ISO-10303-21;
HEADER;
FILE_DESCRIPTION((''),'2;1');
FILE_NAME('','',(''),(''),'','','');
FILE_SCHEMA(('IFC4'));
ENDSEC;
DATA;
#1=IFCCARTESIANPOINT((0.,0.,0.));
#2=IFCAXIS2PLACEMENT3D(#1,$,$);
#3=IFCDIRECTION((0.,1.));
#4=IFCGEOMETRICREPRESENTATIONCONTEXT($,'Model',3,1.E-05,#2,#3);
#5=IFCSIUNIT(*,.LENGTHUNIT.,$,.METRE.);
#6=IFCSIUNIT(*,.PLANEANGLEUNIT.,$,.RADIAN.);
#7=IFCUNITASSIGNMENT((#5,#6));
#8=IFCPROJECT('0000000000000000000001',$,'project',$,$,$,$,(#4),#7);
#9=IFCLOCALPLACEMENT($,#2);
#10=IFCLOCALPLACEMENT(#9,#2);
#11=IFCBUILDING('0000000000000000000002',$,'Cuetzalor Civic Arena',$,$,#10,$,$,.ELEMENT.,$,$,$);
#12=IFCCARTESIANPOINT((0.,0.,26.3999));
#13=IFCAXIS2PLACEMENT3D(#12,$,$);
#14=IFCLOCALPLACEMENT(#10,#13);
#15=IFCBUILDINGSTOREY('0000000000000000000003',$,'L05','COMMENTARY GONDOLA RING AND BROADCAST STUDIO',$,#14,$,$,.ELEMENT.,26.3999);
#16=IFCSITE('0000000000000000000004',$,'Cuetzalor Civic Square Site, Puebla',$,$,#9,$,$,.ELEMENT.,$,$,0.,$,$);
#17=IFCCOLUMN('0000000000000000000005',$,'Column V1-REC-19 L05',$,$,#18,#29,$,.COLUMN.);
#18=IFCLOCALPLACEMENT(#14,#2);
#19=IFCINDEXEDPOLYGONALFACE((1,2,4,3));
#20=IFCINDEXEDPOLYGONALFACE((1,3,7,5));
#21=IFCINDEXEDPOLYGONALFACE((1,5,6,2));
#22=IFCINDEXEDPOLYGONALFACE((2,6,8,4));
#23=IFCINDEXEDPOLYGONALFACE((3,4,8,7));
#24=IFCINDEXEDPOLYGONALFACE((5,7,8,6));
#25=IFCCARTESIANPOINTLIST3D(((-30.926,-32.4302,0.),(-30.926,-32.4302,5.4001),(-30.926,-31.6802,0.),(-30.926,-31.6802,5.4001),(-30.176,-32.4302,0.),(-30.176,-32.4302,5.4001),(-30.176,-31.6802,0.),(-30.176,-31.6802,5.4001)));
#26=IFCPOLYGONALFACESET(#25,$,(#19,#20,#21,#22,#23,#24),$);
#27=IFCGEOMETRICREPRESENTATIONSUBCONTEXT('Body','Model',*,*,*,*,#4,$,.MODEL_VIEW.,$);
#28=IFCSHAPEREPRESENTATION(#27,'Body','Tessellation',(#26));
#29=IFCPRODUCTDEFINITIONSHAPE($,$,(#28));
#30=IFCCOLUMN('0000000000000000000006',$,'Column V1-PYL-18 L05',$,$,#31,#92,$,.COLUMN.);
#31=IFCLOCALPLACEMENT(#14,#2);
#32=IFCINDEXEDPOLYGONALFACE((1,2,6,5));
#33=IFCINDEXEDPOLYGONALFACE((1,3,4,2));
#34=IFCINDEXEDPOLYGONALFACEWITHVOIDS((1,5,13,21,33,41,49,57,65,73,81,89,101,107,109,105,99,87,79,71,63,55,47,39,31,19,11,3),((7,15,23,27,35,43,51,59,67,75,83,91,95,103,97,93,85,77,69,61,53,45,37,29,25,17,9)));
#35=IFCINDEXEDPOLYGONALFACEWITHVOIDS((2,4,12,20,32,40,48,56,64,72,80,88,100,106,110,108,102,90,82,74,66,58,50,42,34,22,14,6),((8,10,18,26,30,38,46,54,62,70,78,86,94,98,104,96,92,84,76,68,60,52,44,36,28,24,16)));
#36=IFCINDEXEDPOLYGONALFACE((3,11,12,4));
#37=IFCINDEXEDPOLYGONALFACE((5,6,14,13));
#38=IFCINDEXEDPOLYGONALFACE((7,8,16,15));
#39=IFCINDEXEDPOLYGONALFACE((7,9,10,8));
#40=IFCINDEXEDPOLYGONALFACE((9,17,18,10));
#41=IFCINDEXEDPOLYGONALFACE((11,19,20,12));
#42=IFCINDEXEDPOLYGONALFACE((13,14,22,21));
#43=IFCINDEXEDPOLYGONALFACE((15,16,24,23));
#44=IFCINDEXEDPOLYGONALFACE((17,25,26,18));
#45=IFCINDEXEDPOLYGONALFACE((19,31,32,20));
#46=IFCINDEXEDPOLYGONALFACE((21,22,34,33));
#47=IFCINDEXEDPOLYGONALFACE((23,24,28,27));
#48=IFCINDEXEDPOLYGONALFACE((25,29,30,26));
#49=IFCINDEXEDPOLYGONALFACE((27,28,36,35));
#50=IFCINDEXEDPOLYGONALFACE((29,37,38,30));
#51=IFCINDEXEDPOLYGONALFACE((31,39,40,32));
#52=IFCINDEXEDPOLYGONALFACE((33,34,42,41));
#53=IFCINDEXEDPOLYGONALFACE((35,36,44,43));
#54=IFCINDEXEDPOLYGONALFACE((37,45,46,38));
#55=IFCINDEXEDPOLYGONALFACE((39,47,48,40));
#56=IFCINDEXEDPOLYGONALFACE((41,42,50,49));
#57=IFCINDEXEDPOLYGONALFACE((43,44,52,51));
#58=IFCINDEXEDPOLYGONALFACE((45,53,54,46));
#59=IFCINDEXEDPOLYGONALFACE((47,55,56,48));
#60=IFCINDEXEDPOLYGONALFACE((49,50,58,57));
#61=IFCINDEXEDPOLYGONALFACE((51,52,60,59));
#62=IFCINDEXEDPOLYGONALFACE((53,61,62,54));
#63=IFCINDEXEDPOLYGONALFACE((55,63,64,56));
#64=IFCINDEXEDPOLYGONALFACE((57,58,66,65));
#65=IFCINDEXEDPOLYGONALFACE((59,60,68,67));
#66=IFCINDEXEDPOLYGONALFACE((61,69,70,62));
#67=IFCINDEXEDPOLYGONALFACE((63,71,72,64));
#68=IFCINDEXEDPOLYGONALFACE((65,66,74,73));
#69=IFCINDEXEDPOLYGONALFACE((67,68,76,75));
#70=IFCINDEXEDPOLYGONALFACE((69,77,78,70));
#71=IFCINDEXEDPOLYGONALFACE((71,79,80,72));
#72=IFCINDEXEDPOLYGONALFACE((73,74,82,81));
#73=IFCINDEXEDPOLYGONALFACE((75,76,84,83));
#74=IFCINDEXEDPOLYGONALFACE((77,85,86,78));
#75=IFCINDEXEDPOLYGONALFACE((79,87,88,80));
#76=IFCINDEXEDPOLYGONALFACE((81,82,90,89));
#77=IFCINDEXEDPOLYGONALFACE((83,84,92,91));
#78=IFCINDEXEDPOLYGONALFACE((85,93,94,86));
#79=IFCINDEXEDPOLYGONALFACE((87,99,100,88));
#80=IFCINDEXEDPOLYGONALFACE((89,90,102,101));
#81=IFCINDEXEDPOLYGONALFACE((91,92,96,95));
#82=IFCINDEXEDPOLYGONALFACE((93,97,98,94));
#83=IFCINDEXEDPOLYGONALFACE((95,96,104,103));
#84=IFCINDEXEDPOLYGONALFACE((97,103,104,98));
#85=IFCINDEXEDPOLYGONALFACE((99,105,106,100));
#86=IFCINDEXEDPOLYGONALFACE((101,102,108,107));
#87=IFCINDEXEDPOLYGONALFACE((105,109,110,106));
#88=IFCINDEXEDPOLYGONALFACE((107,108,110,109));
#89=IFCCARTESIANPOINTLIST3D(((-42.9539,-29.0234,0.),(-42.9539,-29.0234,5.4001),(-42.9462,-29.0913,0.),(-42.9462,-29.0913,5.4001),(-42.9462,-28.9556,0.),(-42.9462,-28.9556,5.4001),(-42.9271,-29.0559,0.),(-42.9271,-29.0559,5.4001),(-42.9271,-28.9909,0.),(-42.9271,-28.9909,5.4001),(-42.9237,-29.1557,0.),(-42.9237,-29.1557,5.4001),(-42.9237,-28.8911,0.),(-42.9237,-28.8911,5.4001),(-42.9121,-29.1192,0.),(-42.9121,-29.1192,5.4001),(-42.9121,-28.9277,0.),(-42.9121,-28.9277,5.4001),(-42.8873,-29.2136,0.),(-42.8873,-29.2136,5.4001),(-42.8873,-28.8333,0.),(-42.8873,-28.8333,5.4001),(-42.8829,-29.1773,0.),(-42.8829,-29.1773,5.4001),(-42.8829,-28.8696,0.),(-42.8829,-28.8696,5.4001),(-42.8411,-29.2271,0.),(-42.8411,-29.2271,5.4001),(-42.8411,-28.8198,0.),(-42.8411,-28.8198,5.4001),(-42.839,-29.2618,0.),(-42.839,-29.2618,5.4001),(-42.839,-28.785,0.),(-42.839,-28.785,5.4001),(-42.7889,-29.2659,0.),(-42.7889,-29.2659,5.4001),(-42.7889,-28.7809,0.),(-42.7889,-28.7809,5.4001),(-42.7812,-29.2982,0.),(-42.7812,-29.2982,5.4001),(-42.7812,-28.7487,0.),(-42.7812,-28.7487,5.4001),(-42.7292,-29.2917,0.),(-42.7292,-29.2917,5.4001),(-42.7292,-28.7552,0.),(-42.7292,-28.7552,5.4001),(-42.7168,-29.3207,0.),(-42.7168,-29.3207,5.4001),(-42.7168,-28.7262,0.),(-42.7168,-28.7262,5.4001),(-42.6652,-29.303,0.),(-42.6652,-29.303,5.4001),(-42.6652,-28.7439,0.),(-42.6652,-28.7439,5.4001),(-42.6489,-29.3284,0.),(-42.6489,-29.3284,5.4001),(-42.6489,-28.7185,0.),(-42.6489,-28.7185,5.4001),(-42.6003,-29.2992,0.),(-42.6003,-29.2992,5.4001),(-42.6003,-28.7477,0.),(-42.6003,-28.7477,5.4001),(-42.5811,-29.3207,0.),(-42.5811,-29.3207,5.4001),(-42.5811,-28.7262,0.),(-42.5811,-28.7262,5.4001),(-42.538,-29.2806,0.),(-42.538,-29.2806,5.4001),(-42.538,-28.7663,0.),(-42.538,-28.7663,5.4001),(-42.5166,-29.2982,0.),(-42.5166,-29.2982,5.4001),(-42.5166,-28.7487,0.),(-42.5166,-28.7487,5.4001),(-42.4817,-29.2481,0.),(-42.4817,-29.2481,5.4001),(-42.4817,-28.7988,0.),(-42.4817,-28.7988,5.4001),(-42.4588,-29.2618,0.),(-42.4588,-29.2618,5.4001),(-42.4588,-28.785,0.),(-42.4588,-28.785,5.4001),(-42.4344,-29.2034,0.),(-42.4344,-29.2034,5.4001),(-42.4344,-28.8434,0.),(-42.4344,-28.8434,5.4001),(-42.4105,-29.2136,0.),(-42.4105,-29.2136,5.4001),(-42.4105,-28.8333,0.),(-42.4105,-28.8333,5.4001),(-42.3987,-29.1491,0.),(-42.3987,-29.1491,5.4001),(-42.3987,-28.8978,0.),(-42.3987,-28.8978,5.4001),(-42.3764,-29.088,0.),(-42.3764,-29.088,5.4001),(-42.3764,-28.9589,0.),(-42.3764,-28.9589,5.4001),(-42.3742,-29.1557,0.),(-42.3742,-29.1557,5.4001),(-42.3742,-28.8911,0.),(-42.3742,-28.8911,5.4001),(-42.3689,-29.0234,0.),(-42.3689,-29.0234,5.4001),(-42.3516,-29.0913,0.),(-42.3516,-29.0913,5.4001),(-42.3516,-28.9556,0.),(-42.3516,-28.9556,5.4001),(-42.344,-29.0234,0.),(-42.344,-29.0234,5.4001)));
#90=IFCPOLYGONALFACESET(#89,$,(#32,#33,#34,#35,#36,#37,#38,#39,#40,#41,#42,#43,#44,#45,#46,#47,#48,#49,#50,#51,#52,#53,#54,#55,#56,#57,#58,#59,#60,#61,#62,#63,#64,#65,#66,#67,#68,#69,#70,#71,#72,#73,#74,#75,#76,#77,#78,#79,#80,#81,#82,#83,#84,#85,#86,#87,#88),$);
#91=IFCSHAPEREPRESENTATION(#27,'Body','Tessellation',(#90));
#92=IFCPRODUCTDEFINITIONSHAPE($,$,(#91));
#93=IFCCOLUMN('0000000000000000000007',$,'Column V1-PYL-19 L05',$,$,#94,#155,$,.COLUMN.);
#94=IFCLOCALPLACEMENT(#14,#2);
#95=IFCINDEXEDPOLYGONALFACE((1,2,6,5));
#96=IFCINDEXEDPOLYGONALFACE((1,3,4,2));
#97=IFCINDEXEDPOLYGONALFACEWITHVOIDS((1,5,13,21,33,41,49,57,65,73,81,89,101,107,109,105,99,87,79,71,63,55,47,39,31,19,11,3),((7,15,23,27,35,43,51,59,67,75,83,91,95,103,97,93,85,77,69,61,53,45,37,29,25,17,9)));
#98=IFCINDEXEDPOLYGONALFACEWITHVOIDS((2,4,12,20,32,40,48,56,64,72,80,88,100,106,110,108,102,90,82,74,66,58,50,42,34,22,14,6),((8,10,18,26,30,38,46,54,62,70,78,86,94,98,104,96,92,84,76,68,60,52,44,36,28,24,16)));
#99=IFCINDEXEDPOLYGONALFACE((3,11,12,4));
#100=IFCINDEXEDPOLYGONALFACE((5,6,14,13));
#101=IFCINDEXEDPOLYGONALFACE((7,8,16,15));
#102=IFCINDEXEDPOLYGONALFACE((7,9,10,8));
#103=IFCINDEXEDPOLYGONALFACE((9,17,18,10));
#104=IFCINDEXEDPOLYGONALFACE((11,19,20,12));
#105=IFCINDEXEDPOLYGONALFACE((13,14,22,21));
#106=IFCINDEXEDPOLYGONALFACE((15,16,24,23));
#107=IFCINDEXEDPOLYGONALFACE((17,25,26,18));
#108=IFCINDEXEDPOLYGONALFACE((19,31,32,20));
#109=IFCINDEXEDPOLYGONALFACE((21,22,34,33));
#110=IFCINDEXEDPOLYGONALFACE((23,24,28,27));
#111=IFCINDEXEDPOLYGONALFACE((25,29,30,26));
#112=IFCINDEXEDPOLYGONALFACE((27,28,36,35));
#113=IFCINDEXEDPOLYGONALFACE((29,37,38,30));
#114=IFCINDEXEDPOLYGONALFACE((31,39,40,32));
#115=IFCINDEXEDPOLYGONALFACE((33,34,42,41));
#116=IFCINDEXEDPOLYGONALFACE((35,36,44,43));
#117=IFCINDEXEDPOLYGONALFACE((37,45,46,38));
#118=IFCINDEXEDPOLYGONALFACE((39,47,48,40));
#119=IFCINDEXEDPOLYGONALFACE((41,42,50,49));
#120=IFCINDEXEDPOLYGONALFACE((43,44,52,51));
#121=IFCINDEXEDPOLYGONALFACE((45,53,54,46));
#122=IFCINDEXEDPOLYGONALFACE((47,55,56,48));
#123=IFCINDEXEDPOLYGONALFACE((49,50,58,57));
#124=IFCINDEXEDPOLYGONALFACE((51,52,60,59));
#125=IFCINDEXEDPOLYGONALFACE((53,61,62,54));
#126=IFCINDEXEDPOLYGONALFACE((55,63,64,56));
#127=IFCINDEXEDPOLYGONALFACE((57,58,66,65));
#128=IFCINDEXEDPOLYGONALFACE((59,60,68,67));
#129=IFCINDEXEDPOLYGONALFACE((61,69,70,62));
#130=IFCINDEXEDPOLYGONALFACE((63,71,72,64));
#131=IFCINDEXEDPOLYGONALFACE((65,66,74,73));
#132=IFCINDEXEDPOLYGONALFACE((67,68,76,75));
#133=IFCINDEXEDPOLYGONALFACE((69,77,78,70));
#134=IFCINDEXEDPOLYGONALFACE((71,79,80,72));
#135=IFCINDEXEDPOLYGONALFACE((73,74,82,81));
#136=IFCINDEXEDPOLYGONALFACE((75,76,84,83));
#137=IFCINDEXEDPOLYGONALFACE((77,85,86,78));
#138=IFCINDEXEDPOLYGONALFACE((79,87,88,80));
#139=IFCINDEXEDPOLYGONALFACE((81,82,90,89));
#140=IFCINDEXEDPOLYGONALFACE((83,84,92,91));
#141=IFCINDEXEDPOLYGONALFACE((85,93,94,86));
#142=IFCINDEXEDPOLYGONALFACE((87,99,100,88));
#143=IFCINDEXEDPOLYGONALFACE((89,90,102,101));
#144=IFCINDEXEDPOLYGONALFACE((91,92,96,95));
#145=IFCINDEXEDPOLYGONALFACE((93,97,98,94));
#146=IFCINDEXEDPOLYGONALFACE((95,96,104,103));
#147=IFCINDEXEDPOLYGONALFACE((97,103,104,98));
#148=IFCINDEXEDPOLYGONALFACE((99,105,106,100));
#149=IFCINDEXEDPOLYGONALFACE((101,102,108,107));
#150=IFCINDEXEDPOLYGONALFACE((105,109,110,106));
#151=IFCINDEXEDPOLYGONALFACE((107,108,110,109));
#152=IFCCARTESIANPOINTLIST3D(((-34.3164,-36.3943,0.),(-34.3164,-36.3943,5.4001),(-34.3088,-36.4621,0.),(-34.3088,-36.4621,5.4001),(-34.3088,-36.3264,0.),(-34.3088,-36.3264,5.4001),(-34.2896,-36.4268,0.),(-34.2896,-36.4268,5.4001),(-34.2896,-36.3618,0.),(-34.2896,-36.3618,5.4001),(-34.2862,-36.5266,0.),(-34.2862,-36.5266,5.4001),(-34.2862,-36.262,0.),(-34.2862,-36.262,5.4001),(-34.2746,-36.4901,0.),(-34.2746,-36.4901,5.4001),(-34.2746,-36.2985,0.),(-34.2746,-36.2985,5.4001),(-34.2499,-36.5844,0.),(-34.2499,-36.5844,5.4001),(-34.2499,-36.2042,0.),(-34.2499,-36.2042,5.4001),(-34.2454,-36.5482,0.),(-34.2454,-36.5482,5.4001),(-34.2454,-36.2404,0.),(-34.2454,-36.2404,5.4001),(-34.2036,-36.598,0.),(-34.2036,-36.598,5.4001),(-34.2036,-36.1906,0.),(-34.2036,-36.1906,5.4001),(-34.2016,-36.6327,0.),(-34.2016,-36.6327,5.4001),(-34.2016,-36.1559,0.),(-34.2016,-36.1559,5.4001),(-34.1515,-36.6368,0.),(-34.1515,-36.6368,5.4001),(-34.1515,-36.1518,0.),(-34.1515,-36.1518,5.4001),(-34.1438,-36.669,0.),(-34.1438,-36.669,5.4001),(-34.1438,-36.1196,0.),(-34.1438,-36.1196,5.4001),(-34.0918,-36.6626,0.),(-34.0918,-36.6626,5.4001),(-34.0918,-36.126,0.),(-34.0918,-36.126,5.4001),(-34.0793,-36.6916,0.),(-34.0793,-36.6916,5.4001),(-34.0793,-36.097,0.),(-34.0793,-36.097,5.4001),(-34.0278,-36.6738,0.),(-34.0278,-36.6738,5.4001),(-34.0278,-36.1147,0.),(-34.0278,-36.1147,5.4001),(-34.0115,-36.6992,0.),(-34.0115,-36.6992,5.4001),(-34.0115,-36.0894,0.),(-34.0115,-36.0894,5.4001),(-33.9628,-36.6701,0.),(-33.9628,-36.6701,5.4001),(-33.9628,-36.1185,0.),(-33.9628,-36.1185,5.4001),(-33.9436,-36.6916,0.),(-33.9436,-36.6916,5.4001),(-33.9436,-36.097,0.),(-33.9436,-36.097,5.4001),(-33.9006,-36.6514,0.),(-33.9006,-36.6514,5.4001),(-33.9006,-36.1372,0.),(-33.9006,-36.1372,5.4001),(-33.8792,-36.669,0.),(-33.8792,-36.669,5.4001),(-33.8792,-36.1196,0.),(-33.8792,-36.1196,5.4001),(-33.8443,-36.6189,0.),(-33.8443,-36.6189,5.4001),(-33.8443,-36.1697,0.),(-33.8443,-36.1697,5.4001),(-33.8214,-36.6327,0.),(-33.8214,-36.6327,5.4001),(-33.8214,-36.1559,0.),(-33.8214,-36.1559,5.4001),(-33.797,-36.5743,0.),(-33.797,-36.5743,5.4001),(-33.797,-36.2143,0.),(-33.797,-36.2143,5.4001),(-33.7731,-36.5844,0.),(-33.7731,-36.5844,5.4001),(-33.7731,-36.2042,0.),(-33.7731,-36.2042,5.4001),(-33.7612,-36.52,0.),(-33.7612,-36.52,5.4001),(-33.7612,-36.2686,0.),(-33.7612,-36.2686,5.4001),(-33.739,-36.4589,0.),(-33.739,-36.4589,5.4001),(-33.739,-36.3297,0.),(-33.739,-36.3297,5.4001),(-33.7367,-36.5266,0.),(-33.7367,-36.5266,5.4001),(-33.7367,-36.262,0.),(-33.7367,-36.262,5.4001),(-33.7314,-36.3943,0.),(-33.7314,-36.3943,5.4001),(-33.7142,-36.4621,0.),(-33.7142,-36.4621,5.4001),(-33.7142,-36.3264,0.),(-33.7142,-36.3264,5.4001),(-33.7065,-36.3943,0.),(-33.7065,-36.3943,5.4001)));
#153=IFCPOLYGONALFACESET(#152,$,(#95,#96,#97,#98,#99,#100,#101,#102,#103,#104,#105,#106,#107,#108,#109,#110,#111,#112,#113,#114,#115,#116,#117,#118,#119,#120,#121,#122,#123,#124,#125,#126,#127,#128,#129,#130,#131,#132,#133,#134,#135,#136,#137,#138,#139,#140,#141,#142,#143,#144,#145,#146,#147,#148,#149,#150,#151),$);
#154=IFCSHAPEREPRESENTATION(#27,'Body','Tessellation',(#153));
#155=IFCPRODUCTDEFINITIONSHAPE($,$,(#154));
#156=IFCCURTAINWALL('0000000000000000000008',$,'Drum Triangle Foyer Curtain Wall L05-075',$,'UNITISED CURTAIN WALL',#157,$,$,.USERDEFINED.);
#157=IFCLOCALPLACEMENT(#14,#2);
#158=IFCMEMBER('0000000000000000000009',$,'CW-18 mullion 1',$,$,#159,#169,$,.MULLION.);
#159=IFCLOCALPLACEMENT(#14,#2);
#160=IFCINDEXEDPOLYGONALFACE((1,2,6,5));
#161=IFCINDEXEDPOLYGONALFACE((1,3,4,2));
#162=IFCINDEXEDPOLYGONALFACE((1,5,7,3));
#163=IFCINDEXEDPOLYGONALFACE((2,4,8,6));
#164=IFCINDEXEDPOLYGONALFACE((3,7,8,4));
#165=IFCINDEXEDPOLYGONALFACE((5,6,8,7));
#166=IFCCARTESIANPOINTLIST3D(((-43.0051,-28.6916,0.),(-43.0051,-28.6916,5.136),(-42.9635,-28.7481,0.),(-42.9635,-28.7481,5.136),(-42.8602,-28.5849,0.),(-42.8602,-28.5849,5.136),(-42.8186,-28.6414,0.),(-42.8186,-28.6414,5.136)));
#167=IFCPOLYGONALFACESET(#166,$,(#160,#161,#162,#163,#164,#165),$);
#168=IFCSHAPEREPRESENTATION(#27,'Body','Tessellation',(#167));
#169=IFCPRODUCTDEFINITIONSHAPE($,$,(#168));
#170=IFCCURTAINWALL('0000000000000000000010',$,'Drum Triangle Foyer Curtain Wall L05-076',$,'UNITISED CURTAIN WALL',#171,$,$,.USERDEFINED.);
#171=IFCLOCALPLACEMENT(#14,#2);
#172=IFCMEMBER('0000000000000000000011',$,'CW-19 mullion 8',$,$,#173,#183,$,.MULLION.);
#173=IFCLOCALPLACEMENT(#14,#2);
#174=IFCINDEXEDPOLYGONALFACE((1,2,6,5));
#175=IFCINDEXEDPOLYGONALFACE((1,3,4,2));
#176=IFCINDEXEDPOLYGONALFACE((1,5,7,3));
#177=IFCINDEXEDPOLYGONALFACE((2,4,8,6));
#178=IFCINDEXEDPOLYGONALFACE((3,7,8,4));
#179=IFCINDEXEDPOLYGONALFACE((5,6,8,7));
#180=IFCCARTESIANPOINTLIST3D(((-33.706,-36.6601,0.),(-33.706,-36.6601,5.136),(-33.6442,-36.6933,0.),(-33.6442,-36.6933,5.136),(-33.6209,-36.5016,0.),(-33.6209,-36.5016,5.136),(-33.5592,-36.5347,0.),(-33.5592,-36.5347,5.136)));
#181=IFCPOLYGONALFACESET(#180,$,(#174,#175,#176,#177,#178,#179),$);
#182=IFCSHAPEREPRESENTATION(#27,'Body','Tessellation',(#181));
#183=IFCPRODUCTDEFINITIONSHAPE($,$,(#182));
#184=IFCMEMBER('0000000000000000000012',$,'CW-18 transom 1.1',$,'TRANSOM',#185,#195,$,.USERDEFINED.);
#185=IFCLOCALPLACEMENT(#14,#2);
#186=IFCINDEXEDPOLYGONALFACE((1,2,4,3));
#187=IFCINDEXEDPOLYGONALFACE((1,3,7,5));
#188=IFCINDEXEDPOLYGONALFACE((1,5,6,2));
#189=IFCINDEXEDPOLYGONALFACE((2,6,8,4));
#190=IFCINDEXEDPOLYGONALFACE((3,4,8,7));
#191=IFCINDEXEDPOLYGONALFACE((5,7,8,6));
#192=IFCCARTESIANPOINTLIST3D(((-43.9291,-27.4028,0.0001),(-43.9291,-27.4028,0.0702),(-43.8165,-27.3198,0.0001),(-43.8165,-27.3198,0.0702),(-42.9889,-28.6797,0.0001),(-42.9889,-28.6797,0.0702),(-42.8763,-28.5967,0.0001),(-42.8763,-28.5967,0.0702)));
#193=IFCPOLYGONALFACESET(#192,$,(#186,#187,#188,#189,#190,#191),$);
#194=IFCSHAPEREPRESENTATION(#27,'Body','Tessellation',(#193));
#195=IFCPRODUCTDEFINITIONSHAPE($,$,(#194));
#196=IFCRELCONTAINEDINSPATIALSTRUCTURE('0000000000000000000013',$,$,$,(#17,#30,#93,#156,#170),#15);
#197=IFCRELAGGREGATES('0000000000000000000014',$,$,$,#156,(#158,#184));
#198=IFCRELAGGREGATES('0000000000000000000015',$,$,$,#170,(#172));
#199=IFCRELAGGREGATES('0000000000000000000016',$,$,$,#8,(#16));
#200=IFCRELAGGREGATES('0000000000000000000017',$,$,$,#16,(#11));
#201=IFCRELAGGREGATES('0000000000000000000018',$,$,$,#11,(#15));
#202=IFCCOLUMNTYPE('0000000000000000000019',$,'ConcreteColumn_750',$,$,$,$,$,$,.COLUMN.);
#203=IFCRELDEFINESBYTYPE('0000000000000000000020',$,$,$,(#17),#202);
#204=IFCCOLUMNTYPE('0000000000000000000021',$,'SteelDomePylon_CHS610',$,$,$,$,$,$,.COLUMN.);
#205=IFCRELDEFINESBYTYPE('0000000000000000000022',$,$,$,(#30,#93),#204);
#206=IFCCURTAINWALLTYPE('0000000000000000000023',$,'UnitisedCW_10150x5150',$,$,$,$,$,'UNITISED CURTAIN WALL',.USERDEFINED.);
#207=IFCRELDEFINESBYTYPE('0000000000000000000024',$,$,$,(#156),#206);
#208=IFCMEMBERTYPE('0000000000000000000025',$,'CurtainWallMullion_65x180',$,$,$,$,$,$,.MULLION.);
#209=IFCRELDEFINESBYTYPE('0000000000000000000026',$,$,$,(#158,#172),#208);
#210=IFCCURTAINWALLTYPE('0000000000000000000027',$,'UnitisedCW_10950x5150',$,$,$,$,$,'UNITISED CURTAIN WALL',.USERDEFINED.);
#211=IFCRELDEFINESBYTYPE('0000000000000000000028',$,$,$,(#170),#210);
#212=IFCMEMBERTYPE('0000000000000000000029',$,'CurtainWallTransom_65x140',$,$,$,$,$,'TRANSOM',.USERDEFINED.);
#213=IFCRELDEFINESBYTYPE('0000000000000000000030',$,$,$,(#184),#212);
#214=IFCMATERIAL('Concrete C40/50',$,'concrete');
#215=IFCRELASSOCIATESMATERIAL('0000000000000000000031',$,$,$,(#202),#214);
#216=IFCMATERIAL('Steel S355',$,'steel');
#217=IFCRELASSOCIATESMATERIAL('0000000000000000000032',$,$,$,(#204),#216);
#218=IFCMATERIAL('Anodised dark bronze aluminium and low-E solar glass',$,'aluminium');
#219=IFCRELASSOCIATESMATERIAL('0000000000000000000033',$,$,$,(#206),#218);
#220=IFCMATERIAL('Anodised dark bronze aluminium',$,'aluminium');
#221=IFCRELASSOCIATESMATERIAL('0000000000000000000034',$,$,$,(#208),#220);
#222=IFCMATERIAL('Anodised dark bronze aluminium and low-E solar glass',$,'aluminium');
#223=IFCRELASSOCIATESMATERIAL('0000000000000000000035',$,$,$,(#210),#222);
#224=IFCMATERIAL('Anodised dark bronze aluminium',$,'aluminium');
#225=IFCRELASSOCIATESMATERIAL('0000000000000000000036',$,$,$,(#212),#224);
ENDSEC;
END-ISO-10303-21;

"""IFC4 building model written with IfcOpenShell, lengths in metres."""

from ifc_helpers import new_model, si_unit, direction, frame, origin, origin_2d, place, context, subcontext, project, spatial, rectangle, hollow_circle, extrude, material, material_profile, profile_set, type_object, element, aggregate, save


model = new_model("IFC4")

# Units and contexts
model_context = context("Model", 3, precision=1e-05, world=origin(), true_north=direction((0.0, 1.0)))
body_context = subcontext(model_context, "Body", "Model", "MODEL_VIEW")
ifc_project = project(units=[si_unit("LENGTHUNIT", "METRE"), si_unit("PLANEANGLEUNIT", "RADIAN")], contexts=[model_context])

# Site, building, storey
site_placement = place(None, origin())
site = spatial("IfcSite", under=ifc_project, at=site_placement, Name="Cuetzalor Civic Square Site, Puebla", CompositionType="ELEMENT", RefElevation=0.0)
building_placement = place(site_placement, origin())
building = spatial("IfcBuilding", under=site, at=building_placement, Name="Cuetzalor Civic Arena", CompositionType="ELEMENT")
storey_placement = place(building_placement, frame((0.0, 0.0, 26.3999)))
storey = spatial("IfcBuildingStorey", under=building, at=storey_placement, Name="L05", Description="COMMENTARY GONDOLA RING AND BROADCAST STUDIO", CompositionType="ELEMENT", Elevation=26.3999)

# Columns
ifc_material_1 = material(Name="Concrete C40/50", Category="concrete")
ifc_material_profile_1 = material_profile(ifc_material_1, rectangle(XDim=0.75, YDim=0.75, at=origin_2d()), Name="RC 750x750")
ifc_profile_set_1 = profile_set([ifc_material_profile_1], Name="Concrete C40/50")
column_type_1 = type_object("IfcColumnType", Name="ConcreteColumn_750", PredefinedType="COLUMN", material=ifc_profile_set_1)
column_placement = place(storey_placement, frame((-30.551, -32.0552, 0.0), z_axis=(0.0, 0.0, 1.0), x_axis=(1.0, 0.0, 0.0)))
element("IfcColumn", 1, at=column_placement, inside=storey, type_object=column_type_1, Name="Column V1-REC-19 L05", PredefinedType="COLUMN", context=body_context, shape_type="SweptSolid", body=[
    extrude(rectangle(XDim=0.75, YDim=0.75, at=origin_2d()), origin(), (0.0, 0.0, 1.0), 5.4001),
])
ifc_material_2 = material(Name="Steel S355", Category="steel")
ifc_material_profile_2 = material_profile(ifc_material_2, hollow_circle(Radius=0.3049, WallThickness=0.0249, at=origin_2d()), Name="CHS 610x25")
ifc_profile_set_2 = profile_set([ifc_material_profile_2], Name="Steel S355")
column_type_2 = type_object("IfcColumnType", Name="SteelDomePylon_CHS610", PredefinedType="COLUMN", material=ifc_profile_set_2)
for number, where, z_axis, x_axis, name in (
    (2, (-42.6489, -29.0234, 0.0), (0.0, 0.0, 1.0), (1.0, 0.0, 0.0), "Column V1-PYL-18 L05"),
    (3, (-34.0115, -36.3943, 0.0), (0.0, 0.0, 1.0), (1.0, 0.0, 0.0), "Column V1-PYL-19 L05"),
):
    element("IfcColumn", number, at=place(storey_placement, frame(where, z_axis=z_axis, x_axis=x_axis)), inside=storey, type_object=column_type_2, Name=name, PredefinedType="COLUMN", context=body_context, shape_type="SweptSolid", body=[
        extrude(hollow_circle(Radius=0.3049, WallThickness=0.0249, at=origin_2d()), origin(), (0.0, 0.0, 1.0), 5.4001),
    ])

# Curtain walls, members
ifc_material_3 = material(Name="Anodised dark bronze aluminium and low-E solar glass", Category="aluminium")
curtain_wall_type_1 = type_object("IfcCurtainWallType", Name="UnitisedCW_10150x5150", ElementType="UNITISED CURTAIN WALL", PredefinedType="USERDEFINED", material=ifc_material_3)
curtain_wall_1_placement = place(storey_placement, origin())
curtain_wall_1 = element("IfcCurtainWall", 4, at=curtain_wall_1_placement, inside=storey, type_object=curtain_wall_type_1, Name="Drum Triangle Foyer Curtain Wall L05-075", ObjectType="UNITISED CURTAIN WALL", PredefinedType="USERDEFINED")
ifc_material_4 = material(Name="Anodised dark bronze aluminium", Category="aluminium")
ifc_material_profile_3 = material_profile(ifc_material_4, rectangle(XDim=0.0701, YDim=0.1799, at=origin_2d()), Name="ALU MULLION 70x180")
ifc_profile_set_3 = profile_set([ifc_material_profile_3], Name="Anodised dark bronze aluminium")
member_type_1 = type_object("IfcMemberType", Name="CurtainWallMullion_65x180", PredefinedType="MULLION", material=ifc_profile_set_3)
member_1_placement = place(storey_placement, frame((-42.9119, -28.6665, 0.0), z_axis=(0.0, 0.0, 1.0), x_axis=(-0.592929, 0.805255, 0.0)))
member_1 = element("IfcMember", 5, at=member_1_placement, type_object=member_type_1, Name="CW-18 mullion 1", PredefinedType="MULLION", context=body_context, shape_type="SweptSolid", body=[
    extrude(rectangle(XDim=0.0701, YDim=0.1799, at=origin_2d()), origin(), (0.0, 0.0, 1.0), 5.136),
])
ifc_material_5 = material(Name="Anodised dark bronze aluminium and low-E solar glass", Category="aluminium")
curtain_wall_type_2 = type_object("IfcCurtainWallType", Name="UnitisedCW_10950x5150", ElementType="UNITISED CURTAIN WALL", PredefinedType="USERDEFINED", material=ifc_material_5)
curtain_wall_2_placement = place(storey_placement, origin())
curtain_wall_2 = element("IfcCurtainWall", 6, at=curtain_wall_2_placement, inside=storey, type_object=curtain_wall_type_2, Name="Drum Triangle Foyer Curtain Wall L05-076", ObjectType="UNITISED CURTAIN WALL", PredefinedType="USERDEFINED")
member_2_placement = place(storey_placement, frame((-33.6326, -36.5974, 0.0), z_axis=(0.0, 0.0, 1.0), x_axis=(-0.881306, 0.472545, 0.0)))
member_2 = element("IfcMember", 7, at=member_2_placement, type_object=member_type_1, Name="CW-19 mullion 8", PredefinedType="MULLION", context=body_context, shape_type="SweptSolid", body=[
    extrude(rectangle(XDim=0.0701, YDim=0.1799, at=origin_2d()), origin(), (0.0, 0.0, 1.0), 5.136),
])

# Member
ifc_material_6 = material(Name="Anodised dark bronze aluminium", Category="aluminium")
ifc_material_profile_4 = material_profile(ifc_material_6, rectangle(XDim=0.1399, YDim=0.0701, at=origin_2d()), Name="ALU TRANSOM 70x140")
ifc_profile_set_4 = profile_set([ifc_material_profile_4], Name="Anodised dark bronze aluminium")
member_type_2 = type_object("IfcMemberType", Name="CurtainWallTransom_65x140", ElementType="TRANSOM", PredefinedType="USERDEFINED", material=ifc_profile_set_4)
member_3_placement = place(storey_placement, frame((-42.9326, -28.6382, 0.0352), z_axis=(-0.592931, 0.805253, 0.0), x_axis=(-0.805253, -0.592931, 0.0)))
member_3 = element("IfcMember", 8, at=member_3_placement, type_object=member_type_2, Name="CW-18 transom 1.1", ObjectType="TRANSOM", PredefinedType="USERDEFINED", context=body_context, shape_type="SweptSolid", body=[
    extrude(rectangle(XDim=0.1399, YDim=0.0701, at=origin_2d()), origin(), (0.0, 0.0, 1.0), 1.5857),
])

aggregate(curtain_wall_1, [member_1, member_3])
aggregate(curtain_wall_2, [member_2])

save(model, "model.ifc")
